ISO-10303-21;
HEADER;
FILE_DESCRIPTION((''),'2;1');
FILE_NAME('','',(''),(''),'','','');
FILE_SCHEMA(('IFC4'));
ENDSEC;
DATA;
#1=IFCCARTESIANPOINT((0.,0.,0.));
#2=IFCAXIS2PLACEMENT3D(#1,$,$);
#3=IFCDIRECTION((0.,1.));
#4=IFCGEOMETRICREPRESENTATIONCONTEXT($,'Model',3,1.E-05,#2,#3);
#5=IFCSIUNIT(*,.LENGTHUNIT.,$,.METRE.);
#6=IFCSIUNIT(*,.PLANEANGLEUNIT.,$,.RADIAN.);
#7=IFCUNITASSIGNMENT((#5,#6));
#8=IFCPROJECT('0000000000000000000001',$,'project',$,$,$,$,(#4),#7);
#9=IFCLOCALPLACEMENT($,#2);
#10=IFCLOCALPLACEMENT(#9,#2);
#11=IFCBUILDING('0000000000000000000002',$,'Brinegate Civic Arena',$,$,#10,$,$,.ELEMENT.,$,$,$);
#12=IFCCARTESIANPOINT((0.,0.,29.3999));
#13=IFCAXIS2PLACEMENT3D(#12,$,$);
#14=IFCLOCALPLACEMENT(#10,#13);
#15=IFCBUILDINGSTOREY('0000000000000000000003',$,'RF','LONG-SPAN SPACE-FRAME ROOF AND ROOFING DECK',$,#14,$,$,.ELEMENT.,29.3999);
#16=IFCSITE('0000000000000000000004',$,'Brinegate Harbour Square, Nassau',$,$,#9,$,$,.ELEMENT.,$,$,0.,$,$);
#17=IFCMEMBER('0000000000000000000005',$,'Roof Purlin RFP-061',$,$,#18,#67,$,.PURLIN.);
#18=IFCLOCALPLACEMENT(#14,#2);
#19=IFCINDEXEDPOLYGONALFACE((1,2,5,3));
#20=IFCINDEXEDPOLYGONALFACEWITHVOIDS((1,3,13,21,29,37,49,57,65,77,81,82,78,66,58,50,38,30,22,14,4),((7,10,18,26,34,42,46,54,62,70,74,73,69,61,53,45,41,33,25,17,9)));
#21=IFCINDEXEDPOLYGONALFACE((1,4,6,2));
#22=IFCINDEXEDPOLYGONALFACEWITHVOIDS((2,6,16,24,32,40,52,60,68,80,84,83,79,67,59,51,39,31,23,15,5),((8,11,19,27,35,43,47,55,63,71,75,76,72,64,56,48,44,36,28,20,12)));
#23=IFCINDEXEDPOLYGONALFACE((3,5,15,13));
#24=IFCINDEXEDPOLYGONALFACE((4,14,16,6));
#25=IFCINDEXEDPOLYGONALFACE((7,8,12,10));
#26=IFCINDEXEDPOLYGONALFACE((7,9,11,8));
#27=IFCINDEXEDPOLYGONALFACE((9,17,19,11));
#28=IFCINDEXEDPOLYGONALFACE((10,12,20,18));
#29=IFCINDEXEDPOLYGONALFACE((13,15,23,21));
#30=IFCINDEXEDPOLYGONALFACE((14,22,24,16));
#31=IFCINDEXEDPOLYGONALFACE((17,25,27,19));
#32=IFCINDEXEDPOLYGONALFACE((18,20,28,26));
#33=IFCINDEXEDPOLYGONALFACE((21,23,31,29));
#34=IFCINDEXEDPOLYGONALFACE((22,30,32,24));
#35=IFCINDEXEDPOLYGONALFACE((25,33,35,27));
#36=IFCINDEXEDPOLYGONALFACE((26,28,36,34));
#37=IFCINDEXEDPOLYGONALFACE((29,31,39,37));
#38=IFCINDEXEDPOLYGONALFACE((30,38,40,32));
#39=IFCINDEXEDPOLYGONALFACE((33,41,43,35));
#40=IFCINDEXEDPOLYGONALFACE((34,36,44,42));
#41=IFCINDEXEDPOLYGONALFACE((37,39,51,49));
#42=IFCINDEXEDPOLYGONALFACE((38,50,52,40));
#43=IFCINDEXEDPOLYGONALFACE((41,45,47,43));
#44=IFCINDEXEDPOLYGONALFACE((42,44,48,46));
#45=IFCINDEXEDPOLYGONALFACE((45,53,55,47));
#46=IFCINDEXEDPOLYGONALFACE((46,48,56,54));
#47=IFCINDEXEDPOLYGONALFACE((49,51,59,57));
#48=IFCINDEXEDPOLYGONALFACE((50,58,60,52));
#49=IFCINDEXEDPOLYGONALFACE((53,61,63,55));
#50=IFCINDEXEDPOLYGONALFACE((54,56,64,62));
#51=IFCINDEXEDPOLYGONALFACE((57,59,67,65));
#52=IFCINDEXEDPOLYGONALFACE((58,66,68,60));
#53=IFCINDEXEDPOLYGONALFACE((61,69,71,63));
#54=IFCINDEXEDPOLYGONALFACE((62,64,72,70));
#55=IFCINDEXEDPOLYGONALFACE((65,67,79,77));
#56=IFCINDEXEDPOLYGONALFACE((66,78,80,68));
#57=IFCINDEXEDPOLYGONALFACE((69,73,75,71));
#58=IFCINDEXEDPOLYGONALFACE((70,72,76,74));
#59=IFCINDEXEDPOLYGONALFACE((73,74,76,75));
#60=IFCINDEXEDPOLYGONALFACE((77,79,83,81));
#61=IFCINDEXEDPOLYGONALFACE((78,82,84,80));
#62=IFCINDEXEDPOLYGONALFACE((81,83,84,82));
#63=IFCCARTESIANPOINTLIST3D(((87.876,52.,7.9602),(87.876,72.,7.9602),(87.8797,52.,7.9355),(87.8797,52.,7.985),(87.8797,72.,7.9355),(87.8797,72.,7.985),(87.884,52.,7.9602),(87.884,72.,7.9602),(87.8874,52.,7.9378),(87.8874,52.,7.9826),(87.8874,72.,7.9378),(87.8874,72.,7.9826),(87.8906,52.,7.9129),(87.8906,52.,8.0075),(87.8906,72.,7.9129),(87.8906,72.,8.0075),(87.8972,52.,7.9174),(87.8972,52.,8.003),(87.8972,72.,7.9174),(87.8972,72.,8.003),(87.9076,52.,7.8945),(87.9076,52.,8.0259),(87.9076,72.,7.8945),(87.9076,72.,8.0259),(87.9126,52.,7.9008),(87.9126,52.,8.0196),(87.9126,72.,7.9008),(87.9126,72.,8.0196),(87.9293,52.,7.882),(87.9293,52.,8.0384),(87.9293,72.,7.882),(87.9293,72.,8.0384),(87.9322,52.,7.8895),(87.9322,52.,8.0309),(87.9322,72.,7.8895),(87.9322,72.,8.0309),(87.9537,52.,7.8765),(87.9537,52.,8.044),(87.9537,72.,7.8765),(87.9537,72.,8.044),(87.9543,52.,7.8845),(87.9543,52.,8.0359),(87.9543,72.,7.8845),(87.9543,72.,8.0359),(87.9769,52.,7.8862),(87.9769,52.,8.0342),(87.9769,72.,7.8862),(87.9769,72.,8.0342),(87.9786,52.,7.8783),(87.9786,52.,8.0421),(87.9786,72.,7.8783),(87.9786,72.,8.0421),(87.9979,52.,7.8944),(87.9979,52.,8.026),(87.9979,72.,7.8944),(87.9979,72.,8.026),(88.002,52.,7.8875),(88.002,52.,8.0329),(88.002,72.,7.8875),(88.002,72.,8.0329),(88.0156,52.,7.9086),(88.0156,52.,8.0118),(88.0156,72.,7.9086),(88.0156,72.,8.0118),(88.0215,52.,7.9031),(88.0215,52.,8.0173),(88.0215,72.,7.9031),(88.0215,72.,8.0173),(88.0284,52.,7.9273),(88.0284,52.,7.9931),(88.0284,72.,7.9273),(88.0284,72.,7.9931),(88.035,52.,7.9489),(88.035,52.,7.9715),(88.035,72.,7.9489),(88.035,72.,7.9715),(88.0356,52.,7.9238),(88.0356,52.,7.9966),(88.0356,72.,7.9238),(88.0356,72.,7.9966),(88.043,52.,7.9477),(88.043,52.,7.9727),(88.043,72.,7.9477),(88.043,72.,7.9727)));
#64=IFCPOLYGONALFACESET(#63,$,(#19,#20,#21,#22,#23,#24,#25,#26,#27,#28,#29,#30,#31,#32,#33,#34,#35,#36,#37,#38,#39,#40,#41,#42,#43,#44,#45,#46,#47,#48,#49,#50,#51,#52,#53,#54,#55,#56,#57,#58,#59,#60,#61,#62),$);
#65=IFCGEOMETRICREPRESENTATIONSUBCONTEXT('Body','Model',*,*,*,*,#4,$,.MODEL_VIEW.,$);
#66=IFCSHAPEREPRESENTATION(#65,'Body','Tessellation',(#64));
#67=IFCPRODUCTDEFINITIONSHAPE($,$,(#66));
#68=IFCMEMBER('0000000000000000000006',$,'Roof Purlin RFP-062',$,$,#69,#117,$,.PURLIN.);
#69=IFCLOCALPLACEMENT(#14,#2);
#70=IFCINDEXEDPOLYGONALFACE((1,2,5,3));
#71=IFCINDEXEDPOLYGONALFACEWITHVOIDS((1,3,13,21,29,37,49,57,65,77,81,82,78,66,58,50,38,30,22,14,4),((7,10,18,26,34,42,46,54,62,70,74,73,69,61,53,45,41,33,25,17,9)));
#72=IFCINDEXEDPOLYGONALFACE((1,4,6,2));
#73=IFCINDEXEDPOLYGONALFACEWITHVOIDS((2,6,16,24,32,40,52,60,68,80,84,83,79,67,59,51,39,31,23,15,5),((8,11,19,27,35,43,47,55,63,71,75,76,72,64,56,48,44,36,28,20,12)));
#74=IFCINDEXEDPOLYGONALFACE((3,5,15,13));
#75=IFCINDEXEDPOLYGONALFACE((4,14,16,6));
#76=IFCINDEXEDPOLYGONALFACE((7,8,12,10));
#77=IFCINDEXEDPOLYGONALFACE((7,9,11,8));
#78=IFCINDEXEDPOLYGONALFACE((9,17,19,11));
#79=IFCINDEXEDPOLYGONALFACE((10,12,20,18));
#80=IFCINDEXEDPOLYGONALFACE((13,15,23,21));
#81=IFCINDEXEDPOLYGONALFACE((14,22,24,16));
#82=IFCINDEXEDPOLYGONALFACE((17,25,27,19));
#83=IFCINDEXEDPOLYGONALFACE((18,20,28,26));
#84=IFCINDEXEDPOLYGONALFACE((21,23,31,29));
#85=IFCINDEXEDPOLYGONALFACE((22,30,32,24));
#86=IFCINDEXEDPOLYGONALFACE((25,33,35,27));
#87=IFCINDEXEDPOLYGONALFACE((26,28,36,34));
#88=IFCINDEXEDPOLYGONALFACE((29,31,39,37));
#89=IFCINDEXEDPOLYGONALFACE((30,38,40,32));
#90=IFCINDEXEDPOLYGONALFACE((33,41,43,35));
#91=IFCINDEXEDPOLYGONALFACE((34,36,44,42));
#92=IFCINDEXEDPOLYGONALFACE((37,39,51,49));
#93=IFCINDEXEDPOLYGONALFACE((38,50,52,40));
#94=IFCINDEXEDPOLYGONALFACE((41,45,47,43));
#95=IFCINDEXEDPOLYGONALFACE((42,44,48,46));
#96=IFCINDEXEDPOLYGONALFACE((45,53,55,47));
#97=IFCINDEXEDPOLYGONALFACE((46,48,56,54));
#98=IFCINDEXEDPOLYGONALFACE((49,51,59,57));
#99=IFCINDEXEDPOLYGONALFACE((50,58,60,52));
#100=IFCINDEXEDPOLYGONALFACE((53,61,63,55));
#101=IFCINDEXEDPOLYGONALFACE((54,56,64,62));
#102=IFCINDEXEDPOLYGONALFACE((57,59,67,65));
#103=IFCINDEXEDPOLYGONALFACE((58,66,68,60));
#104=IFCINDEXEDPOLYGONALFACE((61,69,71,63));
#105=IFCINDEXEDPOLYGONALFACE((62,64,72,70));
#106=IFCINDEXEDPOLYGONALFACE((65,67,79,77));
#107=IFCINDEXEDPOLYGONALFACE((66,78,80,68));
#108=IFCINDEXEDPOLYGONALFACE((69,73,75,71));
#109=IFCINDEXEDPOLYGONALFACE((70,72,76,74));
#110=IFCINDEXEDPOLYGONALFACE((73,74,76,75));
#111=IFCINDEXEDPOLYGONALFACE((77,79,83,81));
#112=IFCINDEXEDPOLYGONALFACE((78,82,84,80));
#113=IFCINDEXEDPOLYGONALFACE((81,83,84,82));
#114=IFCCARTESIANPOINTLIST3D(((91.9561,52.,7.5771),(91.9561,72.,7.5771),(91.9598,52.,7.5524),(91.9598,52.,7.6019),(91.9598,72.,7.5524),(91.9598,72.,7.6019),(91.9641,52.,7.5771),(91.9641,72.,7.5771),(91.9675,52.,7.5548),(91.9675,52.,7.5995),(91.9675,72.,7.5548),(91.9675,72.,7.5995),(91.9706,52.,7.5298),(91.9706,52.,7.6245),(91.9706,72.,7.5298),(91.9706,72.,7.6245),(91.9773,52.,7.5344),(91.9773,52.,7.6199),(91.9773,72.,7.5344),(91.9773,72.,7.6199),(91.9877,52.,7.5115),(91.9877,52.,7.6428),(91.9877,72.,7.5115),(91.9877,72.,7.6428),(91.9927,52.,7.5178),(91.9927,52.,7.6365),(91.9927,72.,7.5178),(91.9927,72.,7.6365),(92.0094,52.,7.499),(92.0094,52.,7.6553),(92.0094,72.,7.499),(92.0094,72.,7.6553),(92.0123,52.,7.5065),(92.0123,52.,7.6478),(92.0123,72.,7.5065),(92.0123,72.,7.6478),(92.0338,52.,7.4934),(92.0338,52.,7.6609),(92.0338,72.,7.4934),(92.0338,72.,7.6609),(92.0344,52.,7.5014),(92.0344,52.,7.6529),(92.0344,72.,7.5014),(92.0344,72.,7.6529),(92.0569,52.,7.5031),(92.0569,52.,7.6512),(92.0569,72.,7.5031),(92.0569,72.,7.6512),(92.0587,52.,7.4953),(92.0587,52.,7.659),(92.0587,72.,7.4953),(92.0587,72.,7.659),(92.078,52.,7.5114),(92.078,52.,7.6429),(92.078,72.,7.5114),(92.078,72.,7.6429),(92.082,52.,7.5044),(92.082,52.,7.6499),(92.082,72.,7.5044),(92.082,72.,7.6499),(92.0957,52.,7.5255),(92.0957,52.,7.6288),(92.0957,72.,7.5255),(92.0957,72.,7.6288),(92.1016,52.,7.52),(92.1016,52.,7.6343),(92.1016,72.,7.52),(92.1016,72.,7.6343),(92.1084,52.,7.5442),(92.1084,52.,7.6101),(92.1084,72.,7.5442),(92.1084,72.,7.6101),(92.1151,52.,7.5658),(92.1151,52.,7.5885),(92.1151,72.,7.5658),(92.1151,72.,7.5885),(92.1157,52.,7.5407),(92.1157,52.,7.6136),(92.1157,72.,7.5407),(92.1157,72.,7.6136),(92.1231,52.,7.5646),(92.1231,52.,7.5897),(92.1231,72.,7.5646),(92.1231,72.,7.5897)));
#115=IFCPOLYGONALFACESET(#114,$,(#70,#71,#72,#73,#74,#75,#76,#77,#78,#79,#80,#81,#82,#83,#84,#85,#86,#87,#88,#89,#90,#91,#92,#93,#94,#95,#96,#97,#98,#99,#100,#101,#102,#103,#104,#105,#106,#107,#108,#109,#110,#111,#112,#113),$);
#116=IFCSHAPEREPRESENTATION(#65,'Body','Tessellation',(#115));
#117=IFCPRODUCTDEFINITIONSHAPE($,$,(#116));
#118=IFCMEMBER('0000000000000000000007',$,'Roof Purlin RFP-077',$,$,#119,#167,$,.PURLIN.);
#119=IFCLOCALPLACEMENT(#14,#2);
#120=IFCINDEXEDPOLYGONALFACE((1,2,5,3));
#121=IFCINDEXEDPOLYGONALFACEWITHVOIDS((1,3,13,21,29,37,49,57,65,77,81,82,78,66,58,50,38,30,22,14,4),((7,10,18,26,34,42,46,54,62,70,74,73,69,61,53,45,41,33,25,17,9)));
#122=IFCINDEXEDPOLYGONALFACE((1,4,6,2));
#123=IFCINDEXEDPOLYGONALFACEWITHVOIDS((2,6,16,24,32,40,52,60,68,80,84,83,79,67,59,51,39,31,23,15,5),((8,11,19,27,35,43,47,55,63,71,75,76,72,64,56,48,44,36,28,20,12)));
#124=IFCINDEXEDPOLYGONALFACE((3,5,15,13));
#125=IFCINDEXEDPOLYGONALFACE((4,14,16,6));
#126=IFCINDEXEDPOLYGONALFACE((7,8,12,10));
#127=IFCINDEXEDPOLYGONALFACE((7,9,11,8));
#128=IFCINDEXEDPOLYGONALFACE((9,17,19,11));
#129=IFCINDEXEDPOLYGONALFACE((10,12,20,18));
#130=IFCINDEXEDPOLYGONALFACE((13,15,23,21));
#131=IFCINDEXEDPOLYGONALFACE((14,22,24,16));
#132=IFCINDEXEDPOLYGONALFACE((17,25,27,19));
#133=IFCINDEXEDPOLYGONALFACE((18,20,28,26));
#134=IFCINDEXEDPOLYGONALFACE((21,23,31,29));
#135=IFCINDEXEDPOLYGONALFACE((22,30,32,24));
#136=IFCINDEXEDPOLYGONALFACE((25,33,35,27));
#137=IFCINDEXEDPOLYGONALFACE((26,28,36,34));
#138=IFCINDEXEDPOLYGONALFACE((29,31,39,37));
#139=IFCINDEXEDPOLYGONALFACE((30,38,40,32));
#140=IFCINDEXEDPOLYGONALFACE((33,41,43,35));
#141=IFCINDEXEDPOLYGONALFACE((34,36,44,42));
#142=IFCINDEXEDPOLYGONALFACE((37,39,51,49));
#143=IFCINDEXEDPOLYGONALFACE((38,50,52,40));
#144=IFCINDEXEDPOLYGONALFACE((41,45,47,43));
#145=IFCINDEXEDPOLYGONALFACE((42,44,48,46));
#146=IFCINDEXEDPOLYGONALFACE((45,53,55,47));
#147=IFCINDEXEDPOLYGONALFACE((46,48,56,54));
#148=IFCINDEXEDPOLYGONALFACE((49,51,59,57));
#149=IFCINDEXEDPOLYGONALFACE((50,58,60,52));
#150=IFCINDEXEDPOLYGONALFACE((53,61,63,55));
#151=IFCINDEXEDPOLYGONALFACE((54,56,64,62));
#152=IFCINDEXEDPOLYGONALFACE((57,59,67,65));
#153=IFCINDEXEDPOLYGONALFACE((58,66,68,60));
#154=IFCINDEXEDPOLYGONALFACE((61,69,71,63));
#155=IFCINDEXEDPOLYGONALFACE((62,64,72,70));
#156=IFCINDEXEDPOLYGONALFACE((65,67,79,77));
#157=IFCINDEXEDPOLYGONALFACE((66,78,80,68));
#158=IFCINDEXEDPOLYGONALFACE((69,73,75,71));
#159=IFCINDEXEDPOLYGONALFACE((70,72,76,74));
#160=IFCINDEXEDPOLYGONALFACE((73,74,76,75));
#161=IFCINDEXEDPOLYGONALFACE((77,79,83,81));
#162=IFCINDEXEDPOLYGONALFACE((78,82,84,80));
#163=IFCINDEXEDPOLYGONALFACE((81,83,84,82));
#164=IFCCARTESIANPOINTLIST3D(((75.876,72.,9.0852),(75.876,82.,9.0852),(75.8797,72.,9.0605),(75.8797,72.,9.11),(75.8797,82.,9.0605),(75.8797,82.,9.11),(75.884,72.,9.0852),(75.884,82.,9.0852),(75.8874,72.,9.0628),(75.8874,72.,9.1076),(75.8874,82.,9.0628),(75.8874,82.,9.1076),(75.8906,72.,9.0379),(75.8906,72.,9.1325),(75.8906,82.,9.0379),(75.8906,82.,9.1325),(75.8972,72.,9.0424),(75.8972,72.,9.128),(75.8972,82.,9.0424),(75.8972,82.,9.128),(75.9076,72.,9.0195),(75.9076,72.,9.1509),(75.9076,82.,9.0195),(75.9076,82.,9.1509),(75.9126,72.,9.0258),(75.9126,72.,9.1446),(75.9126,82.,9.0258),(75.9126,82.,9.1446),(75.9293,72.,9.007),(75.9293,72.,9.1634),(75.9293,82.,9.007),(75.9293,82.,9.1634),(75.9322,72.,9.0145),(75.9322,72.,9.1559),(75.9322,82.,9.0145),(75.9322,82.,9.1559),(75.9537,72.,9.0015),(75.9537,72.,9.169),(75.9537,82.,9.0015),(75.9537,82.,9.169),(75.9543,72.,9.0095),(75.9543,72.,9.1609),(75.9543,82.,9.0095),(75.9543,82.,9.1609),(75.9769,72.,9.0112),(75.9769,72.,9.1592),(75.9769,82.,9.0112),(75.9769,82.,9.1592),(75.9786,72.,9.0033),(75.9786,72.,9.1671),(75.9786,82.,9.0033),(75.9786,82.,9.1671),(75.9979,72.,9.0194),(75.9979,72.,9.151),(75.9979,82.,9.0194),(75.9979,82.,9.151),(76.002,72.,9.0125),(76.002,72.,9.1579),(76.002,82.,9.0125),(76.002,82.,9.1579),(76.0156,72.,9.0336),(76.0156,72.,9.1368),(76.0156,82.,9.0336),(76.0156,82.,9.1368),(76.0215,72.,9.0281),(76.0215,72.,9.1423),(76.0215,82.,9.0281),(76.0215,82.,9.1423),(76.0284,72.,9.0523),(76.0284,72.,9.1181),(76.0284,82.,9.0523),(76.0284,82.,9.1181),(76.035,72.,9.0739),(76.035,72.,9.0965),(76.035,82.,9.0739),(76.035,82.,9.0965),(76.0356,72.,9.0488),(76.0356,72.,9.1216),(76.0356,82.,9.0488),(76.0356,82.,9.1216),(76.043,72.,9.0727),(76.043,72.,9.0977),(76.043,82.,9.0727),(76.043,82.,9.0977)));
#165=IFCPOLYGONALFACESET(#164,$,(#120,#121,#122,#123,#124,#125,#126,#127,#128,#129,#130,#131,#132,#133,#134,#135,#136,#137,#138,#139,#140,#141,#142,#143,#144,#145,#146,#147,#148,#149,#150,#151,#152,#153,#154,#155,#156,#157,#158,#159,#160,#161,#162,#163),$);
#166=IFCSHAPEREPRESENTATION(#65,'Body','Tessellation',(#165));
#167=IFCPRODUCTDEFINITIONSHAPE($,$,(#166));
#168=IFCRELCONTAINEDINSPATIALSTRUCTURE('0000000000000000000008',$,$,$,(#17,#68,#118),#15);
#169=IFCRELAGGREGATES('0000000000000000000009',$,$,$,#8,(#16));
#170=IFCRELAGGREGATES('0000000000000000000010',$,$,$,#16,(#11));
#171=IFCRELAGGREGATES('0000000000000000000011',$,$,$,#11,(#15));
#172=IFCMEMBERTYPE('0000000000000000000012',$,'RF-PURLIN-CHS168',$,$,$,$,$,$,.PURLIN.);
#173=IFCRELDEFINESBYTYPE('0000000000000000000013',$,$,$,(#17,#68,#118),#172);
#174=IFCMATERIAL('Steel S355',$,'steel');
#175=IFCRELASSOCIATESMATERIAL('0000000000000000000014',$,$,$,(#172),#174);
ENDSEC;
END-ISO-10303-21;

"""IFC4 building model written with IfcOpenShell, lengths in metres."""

from ifc_helpers import new_model, si_unit, direction, frame, origin, origin_2d, place, context, subcontext, project, spatial, hollow_circle, extrude, material, material_profile, profile_set, type_object, element, save


model = new_model("IFC4")

# Units and contexts
model_context = context("Model", 3, precision=1e-05, world=origin(), true_north=direction((0.0, 1.0)))
body_context = subcontext(model_context, "Body", "Model", "MODEL_VIEW")
ifc_project = project(units=[si_unit("LENGTHUNIT", "METRE"), si_unit("PLANEANGLEUNIT", "RADIAN")], contexts=[model_context])

# Site, building, storey
site_placement = place(None, origin())
site = spatial("IfcSite", under=ifc_project, at=site_placement, Name="Brinegate Harbour Square, Nassau", CompositionType="ELEMENT", RefElevation=0.0)
building_placement = place(site_placement, origin())
building = spatial("IfcBuilding", under=site, at=building_placement, Name="Brinegate Civic Arena", CompositionType="ELEMENT")
storey_placement = place(building_placement, frame((0.0, 0.0, 29.3999)))
storey = spatial("IfcBuildingStorey", under=building, at=storey_placement, Name="RF", Description="LONG-SPAN SPACE-FRAME ROOF AND ROOFING DECK", CompositionType="ELEMENT", Elevation=29.3999)

# Members
ifc_material = material(Name="Steel S355", Category="steel")
ifc_material_profile_1 = material_profile(ifc_material, hollow_circle(Radius=0.084, WallThickness=0.0081, at=origin_2d()), Name="CHS168X8")
ifc_profile_set_1 = profile_set([ifc_material_profile_1], Name="Steel S355")
member_type_1 = type_object("IfcMemberType", Name="RF-PURLIN-CHS168", PredefinedType="PURLIN", material=ifc_profile_set_1)
for number, where, z_axis, x_axis, name in (
    (1, (87.96, 52.0, 7.9602), (0.0, 1.0, 0.0), (-1.0, 0.0, 0.0), "Roof Purlin RFP-061"),
    (2, (92.04, 52.0, 7.5771), (0.0, 1.0, 0.0), (-1.0, 0.0, 0.0), "Roof Purlin RFP-062"),
):
    element("IfcMember", number, at=place(storey_placement, frame(where, z_axis=z_axis, x_axis=x_axis)), inside=storey, type_object=member_type_1, Name=name, PredefinedType="PURLIN", context=body_context, shape_type="SweptSolid", body=[
        extrude(hollow_circle(Radius=0.084, WallThickness=0.0081, at=origin_2d()), origin(), (0.0, 0.0, 1.0), 20.0),
    ])
for number, where, z_axis, x_axis, name in (
    (3, (75.96, 72.0, 9.0852), (0.0, 1.0, 0.0), (-1.0, 0.0, 0.0), "Roof Purlin RFP-077"),
):
    element("IfcMember", number, at=place(storey_placement, frame(where, z_axis=z_axis, x_axis=x_axis)), inside=storey, type_object=member_type_1, Name=name, PredefinedType="PURLIN", context=body_context, shape_type="SweptSolid", body=[
        extrude(hollow_circle(Radius=0.084, WallThickness=0.0081, at=origin_2d()), origin(), (0.0, 0.0, 1.0), 10.0),
    ])

save(model, "model.ifc")
